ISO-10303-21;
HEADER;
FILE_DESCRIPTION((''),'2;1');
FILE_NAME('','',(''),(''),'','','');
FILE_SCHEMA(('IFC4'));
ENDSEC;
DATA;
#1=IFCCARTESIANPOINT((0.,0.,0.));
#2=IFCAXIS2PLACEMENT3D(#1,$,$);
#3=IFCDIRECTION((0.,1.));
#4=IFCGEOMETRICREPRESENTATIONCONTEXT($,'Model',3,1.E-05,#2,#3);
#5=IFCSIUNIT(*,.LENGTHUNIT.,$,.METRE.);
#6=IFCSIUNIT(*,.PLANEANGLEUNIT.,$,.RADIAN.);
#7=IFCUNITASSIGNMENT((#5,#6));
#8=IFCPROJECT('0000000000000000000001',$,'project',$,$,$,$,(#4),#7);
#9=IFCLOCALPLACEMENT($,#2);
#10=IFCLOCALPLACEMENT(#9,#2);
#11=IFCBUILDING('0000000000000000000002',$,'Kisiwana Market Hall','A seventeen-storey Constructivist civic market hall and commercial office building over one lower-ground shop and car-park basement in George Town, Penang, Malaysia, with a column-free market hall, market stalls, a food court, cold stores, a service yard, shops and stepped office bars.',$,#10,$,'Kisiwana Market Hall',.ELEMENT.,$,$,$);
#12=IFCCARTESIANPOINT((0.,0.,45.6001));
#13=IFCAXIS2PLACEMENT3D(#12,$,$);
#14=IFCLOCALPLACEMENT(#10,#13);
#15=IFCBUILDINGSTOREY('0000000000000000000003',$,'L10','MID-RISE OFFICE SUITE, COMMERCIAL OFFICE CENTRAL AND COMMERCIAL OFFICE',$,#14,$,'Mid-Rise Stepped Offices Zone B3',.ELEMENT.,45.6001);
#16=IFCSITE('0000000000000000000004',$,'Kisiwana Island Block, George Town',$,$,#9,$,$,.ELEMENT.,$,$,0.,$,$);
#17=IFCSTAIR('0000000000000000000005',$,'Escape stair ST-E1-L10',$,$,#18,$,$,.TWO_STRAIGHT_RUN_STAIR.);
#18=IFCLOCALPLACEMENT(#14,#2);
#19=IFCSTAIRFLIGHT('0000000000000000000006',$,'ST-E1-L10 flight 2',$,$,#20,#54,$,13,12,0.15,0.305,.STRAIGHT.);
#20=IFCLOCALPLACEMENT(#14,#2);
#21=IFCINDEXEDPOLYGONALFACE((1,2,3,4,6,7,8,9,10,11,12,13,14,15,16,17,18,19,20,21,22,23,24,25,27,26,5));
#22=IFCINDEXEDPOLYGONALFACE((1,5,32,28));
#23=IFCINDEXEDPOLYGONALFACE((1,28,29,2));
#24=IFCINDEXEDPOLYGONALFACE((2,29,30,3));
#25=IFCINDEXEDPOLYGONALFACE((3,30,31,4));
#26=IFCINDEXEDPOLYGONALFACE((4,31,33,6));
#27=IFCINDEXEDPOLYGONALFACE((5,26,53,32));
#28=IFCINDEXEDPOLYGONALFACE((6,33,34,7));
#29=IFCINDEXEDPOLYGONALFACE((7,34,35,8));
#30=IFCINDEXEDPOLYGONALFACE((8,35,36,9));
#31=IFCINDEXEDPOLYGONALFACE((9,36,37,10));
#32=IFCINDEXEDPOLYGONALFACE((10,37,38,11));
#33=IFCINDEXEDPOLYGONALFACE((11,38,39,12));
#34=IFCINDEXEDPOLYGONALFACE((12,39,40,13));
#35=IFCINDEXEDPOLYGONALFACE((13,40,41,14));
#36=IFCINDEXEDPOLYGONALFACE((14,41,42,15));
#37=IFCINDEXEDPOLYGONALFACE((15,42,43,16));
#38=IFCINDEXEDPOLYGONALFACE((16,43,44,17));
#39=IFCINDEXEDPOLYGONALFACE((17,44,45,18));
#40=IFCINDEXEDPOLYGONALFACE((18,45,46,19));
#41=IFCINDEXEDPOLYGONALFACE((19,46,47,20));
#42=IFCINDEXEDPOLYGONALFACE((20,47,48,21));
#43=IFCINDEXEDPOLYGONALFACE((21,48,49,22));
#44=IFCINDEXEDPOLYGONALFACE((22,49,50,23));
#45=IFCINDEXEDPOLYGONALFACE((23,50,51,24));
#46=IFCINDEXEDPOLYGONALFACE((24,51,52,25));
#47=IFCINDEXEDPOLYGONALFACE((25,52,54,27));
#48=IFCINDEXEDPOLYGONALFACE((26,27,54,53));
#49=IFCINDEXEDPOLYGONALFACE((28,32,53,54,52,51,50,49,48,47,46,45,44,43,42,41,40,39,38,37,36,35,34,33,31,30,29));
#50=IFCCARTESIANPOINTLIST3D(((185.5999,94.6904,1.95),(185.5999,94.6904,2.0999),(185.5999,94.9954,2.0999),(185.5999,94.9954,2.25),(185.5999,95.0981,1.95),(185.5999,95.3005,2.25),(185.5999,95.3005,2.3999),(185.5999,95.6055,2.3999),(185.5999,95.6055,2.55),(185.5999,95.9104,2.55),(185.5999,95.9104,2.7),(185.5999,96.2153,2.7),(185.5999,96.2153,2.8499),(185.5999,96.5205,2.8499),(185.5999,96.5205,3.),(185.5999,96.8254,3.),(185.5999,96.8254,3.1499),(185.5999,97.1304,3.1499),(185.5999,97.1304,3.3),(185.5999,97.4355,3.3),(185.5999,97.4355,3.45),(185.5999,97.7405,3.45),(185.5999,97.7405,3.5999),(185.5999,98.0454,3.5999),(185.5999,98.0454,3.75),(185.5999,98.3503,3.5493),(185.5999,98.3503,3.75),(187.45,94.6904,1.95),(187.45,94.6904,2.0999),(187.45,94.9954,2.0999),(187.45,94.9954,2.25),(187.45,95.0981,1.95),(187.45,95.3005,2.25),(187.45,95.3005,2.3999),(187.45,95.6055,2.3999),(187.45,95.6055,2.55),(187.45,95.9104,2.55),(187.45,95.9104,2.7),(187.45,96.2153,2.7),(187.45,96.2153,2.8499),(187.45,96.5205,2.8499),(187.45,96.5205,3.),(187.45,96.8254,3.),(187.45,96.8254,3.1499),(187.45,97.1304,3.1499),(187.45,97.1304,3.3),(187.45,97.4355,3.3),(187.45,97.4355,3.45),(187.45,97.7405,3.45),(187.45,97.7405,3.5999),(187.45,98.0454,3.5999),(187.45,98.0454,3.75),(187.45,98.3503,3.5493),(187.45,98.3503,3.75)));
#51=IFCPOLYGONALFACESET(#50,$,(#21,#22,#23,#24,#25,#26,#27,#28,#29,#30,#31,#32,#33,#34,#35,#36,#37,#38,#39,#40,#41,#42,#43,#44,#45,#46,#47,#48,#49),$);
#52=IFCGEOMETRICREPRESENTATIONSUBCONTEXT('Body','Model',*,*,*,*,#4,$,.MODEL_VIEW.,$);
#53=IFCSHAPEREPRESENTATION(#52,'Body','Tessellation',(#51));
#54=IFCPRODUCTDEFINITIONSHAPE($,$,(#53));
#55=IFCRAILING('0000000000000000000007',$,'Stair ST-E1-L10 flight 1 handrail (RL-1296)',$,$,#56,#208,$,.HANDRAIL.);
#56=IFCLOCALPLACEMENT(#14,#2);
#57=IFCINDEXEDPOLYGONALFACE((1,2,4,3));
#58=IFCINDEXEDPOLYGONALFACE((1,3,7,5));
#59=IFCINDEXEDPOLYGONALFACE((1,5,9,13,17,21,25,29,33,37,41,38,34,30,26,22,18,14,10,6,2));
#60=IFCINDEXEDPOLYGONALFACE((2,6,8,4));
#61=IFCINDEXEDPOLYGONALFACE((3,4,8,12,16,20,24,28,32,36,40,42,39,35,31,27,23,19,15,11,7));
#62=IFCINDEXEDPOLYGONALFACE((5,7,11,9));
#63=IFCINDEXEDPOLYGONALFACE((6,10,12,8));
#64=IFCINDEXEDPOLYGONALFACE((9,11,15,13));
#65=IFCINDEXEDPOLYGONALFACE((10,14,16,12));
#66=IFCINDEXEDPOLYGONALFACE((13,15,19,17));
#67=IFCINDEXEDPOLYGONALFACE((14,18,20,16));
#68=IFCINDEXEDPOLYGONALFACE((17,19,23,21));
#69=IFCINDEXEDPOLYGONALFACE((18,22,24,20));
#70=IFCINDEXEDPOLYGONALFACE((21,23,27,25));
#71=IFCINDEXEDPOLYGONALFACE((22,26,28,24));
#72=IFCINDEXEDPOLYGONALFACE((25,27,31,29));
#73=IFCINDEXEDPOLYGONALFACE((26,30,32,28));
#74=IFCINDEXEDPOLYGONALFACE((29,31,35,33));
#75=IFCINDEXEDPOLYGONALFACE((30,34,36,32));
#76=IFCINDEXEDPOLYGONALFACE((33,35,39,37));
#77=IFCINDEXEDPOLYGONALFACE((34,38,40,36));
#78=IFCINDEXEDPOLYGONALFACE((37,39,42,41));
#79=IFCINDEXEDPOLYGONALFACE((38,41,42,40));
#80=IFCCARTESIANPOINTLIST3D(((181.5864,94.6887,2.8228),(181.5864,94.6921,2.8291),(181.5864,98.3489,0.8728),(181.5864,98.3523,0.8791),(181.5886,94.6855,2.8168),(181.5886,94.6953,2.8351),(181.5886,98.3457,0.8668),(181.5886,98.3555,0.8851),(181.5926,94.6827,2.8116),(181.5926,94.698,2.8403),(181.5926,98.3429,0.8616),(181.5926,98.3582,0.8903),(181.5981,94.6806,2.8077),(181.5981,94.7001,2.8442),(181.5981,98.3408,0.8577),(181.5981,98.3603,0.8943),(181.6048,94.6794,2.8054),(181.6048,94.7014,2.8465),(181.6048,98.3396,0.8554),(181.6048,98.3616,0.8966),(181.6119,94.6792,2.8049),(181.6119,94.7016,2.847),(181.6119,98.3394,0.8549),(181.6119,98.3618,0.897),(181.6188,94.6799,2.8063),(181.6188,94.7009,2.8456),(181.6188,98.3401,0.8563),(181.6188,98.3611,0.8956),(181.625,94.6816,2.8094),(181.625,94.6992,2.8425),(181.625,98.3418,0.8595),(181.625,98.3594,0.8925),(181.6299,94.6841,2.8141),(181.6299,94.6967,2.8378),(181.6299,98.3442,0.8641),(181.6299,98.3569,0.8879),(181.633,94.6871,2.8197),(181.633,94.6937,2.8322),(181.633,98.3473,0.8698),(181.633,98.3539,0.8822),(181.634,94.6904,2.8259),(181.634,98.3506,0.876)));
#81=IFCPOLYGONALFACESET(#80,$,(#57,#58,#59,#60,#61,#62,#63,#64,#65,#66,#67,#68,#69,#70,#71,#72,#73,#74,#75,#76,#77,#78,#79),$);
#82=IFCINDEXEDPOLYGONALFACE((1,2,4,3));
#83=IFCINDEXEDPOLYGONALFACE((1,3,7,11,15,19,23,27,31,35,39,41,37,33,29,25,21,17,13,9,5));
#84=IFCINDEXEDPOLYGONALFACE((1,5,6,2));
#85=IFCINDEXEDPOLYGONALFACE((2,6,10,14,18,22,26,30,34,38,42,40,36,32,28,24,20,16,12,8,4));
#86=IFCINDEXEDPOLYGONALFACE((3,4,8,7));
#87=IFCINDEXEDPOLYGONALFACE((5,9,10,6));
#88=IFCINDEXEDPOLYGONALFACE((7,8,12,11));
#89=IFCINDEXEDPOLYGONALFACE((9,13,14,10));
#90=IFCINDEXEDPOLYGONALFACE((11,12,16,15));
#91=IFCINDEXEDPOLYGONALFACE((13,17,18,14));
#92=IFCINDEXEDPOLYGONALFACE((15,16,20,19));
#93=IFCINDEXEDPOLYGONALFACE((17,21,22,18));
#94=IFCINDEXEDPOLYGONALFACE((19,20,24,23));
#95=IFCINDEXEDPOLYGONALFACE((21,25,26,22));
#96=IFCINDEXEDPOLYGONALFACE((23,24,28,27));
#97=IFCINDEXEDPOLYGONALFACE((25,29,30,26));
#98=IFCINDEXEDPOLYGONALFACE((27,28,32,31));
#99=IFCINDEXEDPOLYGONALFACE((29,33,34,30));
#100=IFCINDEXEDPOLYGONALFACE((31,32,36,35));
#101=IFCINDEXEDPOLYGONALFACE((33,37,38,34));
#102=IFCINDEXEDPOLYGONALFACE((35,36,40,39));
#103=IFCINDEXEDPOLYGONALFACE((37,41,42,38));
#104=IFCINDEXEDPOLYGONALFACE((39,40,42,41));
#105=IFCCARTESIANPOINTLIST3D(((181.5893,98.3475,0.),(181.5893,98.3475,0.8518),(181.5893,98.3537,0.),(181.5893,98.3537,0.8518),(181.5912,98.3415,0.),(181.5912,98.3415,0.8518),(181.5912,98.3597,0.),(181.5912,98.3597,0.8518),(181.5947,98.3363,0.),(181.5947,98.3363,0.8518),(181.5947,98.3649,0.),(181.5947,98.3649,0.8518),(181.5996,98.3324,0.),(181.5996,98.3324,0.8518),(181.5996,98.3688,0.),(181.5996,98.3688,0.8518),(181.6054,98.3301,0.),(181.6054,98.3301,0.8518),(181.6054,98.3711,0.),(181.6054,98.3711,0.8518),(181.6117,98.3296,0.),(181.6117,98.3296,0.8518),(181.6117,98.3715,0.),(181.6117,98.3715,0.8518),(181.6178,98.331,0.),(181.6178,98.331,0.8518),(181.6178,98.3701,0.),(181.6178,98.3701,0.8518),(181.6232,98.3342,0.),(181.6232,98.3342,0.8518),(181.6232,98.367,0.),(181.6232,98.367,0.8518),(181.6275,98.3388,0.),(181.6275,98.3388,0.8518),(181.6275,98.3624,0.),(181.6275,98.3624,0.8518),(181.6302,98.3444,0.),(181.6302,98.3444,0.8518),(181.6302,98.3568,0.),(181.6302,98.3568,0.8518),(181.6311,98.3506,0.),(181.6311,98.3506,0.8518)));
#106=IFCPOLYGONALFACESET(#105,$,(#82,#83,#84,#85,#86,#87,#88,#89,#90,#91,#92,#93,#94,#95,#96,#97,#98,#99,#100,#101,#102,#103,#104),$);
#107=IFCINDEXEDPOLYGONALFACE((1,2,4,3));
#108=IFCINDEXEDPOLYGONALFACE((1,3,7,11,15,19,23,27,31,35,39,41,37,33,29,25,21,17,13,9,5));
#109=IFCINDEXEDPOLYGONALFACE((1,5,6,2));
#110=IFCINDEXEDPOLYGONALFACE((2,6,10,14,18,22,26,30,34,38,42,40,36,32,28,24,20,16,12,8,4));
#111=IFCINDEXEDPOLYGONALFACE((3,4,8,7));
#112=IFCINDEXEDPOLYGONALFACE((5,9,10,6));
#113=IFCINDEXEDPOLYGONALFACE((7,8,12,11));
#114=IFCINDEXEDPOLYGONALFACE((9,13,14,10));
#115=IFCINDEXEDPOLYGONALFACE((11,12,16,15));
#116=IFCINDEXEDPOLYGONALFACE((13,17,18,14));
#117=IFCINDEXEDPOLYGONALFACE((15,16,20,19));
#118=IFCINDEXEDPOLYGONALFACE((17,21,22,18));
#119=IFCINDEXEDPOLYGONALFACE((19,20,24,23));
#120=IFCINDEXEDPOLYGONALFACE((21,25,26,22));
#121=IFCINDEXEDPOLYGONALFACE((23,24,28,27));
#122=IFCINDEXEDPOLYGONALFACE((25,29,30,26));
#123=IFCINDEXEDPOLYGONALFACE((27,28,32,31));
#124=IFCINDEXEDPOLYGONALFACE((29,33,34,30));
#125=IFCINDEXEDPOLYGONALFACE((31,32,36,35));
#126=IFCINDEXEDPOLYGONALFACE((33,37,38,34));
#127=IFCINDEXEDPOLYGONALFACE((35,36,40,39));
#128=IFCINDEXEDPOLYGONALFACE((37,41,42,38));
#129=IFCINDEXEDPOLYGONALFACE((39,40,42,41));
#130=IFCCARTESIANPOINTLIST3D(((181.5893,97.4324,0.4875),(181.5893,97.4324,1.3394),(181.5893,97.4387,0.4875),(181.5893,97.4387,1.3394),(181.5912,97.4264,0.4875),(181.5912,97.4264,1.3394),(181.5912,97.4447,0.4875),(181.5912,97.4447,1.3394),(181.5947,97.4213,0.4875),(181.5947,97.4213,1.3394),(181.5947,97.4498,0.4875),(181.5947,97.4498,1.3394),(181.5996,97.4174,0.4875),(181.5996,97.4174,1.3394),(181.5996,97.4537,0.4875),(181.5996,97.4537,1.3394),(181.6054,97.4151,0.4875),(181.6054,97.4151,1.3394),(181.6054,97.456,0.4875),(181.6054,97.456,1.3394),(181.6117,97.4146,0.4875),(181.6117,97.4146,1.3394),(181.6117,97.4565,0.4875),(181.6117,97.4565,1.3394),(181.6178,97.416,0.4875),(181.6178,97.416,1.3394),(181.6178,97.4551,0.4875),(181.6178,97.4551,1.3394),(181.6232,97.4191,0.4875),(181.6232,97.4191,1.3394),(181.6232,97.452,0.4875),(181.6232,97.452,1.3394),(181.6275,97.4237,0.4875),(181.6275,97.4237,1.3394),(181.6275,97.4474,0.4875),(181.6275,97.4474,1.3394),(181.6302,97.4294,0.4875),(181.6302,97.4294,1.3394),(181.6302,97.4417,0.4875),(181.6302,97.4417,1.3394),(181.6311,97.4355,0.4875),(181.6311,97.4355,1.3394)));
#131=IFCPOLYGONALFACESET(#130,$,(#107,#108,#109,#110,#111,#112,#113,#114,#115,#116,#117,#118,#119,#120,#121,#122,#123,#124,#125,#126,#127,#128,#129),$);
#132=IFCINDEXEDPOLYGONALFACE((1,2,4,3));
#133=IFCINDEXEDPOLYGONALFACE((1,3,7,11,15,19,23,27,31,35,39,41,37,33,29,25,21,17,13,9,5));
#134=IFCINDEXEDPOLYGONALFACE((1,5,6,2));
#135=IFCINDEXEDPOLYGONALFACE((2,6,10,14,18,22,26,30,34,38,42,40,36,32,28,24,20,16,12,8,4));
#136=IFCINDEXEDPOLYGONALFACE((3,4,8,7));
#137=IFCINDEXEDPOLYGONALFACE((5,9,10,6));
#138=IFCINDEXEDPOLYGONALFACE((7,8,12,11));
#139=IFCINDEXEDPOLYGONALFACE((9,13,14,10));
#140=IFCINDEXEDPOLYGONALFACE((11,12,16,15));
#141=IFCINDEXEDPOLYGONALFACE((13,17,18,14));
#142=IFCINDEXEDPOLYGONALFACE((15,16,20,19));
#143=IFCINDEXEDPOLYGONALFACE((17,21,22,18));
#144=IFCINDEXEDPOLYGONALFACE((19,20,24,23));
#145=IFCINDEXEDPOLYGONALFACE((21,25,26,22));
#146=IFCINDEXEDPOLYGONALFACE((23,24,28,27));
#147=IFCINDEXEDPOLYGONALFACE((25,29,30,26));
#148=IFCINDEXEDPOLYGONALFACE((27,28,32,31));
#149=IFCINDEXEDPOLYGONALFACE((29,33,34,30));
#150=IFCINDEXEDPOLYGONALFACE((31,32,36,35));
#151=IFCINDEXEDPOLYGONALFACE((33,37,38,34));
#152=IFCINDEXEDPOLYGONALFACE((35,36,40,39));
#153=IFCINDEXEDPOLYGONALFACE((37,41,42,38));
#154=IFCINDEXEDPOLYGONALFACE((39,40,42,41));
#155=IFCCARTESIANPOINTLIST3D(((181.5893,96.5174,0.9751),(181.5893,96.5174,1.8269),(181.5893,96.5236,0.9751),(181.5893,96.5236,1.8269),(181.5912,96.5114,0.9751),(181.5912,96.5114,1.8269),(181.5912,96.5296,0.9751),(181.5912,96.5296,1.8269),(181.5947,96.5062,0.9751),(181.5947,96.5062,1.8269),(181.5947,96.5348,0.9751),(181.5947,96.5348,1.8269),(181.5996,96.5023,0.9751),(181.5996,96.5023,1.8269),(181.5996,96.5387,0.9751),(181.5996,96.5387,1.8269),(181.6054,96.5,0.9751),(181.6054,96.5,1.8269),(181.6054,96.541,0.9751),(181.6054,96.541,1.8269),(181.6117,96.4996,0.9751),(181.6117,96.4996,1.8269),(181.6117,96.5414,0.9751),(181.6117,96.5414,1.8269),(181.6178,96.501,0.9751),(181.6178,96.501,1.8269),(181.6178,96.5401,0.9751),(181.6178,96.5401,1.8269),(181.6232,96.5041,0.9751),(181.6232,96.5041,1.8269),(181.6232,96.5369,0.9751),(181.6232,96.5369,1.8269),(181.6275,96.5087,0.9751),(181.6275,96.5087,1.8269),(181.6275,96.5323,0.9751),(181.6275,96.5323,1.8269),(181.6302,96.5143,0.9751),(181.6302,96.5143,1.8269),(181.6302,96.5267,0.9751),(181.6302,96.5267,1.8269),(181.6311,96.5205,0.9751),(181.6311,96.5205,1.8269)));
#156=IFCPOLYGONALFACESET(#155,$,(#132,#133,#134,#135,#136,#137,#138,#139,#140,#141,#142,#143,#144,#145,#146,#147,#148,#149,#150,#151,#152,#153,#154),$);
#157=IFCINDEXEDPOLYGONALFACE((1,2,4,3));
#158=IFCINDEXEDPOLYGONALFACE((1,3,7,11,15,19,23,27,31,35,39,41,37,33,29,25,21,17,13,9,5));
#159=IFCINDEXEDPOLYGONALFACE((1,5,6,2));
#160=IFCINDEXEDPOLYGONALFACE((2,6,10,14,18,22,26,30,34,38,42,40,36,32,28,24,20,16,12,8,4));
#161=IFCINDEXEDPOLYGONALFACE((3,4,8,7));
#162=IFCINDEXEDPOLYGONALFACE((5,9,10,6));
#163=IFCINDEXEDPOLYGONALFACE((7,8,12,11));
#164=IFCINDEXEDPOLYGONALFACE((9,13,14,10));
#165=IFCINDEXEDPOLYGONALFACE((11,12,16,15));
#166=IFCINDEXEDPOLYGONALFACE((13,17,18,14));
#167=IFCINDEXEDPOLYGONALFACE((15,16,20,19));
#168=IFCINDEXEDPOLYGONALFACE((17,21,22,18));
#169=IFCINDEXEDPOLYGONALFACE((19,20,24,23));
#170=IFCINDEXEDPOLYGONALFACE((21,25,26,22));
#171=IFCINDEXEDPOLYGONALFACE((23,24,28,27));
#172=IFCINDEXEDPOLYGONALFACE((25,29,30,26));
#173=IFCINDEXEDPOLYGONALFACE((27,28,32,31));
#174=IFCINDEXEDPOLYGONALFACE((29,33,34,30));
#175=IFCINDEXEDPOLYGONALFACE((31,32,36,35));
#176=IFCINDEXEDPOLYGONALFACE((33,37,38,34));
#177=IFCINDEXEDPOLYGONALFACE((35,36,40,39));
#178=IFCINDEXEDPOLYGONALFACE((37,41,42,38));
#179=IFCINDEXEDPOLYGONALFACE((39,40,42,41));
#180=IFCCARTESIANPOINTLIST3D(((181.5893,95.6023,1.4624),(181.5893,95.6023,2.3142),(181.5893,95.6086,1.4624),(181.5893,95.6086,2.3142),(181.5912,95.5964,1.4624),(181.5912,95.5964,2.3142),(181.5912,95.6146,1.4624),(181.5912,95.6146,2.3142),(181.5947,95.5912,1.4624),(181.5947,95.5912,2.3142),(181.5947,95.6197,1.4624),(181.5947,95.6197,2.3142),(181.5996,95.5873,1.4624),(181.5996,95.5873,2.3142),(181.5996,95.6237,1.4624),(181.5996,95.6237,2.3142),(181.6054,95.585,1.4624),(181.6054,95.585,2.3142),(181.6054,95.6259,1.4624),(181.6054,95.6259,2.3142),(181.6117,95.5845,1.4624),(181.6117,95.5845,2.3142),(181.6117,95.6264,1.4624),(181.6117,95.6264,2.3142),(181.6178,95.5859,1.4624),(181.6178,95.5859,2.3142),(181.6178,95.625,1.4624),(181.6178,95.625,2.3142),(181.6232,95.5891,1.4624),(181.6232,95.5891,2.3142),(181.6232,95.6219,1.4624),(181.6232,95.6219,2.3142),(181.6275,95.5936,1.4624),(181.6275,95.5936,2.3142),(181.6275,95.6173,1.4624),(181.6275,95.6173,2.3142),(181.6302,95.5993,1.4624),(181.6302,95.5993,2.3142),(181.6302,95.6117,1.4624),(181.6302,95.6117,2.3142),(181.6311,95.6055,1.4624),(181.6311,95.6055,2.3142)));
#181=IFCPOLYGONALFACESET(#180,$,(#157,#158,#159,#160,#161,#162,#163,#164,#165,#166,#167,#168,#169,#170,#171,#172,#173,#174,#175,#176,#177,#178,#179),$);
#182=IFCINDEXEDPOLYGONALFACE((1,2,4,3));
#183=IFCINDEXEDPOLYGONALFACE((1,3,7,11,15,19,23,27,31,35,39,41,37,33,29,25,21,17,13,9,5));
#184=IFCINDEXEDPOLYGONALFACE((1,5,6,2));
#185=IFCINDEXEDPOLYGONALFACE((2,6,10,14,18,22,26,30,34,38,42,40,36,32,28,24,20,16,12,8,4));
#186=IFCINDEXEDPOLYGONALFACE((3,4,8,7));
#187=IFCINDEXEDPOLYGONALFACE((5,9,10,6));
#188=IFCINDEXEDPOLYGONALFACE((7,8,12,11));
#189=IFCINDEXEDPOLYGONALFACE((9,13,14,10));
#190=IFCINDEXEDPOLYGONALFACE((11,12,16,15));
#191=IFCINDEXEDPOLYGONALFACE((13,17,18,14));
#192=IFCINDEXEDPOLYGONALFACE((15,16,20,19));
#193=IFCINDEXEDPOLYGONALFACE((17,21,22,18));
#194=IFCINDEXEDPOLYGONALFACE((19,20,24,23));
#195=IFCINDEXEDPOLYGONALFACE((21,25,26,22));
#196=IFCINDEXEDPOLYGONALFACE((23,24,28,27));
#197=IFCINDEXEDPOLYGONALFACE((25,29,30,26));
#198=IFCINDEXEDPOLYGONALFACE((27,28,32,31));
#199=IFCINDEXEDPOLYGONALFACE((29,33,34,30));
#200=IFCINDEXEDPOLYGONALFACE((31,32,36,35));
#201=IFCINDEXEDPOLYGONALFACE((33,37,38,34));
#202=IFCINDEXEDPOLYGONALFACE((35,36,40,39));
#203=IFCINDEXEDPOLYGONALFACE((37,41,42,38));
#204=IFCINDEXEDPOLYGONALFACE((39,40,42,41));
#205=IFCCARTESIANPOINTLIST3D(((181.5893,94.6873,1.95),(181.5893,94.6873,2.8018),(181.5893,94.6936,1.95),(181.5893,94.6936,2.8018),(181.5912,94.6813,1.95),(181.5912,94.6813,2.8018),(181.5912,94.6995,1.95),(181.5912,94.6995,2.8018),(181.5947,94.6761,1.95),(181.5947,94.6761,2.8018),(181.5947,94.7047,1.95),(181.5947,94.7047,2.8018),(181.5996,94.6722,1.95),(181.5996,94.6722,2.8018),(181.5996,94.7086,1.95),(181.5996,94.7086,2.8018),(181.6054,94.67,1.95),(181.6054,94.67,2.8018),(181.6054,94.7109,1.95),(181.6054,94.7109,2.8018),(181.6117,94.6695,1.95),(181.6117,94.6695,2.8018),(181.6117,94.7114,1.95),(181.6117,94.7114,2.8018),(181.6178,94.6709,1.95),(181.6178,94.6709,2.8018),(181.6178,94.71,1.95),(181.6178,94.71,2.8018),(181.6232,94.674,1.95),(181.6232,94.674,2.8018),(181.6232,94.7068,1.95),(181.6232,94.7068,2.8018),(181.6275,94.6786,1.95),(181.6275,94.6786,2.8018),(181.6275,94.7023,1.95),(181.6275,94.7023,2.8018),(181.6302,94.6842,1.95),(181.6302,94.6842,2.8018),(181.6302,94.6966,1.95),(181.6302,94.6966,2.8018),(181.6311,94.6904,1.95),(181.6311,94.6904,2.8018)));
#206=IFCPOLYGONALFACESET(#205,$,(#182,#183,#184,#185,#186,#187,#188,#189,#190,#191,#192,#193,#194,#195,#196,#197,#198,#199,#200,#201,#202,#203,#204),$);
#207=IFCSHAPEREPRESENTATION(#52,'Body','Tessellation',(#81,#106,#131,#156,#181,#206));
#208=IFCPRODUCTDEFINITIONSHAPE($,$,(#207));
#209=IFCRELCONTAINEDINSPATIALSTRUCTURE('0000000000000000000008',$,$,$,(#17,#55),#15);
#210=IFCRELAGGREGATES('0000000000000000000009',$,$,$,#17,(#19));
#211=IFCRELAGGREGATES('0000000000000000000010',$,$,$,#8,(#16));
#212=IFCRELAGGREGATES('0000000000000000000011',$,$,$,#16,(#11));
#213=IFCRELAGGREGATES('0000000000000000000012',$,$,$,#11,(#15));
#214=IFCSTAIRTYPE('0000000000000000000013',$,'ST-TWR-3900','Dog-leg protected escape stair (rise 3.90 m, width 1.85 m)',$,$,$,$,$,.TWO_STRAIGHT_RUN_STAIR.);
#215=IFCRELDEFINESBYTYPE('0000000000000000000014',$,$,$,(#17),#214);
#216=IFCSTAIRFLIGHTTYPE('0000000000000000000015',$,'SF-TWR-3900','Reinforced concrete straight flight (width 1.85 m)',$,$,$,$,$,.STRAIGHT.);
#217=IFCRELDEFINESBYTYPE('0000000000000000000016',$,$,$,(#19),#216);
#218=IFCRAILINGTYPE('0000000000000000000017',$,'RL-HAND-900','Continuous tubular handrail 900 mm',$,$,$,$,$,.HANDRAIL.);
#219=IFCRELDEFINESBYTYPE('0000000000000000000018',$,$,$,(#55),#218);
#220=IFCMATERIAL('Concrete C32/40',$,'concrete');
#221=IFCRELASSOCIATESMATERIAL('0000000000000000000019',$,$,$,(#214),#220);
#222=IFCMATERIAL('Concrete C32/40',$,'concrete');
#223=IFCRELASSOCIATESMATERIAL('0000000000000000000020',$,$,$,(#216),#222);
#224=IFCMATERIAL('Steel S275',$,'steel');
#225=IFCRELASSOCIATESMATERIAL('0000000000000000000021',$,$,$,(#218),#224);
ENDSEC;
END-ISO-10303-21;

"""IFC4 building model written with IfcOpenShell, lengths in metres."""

from ifc_helpers import new_model, si_unit, direction, frame, origin, origin_2d, place, context, subcontext, project, spatial, polyline, circle, outline, extrude, material, type_object, element, aggregate, save


model = new_model("IFC4")

# Units and contexts
model_context = context("Model", 3, precision=1e-05, world=origin(), true_north=direction((0.0, 1.0)))
body_context = subcontext(model_context, "Body", "Model", "MODEL_VIEW")
ifc_project = project(units=[si_unit("LENGTHUNIT", "METRE"), si_unit("PLANEANGLEUNIT", "RADIAN")], contexts=[model_context])

# Site, building, storey
site_placement = place(None, origin())
site = spatial("IfcSite", under=ifc_project, at=site_placement, Name="Kisiwana Island Block, George Town", CompositionType="ELEMENT", RefElevation=0.0)
building_placement = place(site_placement, origin())
building = spatial("IfcBuilding", under=site, at=building_placement, Name="Kisiwana Market Hall", Description="A seventeen-storey Constructivist civic market hall and commercial office building over one lower-ground shop and car-park basement in George Town, Penang, Malaysia, with a column-free market hall, market stalls, a food court, cold stores, a service yard, shops and stepped office bars.", LongName="Kisiwana Market Hall", CompositionType="ELEMENT")
storey_placement = place(building_placement, frame((0.0, 0.0, 45.6001)))
storey = spatial("IfcBuildingStorey", under=building, at=storey_placement, Name="L10", Description="MID-RISE OFFICE SUITE, COMMERCIAL OFFICE CENTRAL AND COMMERCIAL OFFICE", LongName="Mid-Rise Stepped Offices Zone B3", CompositionType="ELEMENT", Elevation=45.6001)

# Stair, stair flight
ifc_material_1 = material(Name="Concrete C32/40", Category="concrete")
stair_type = type_object("IfcStairType", Name="ST-TWR-3900", Description="Dog-leg protected escape stair (rise 3.90 m, width 1.85 m)", PredefinedType="TWO_STRAIGHT_RUN_STAIR", material=ifc_material_1)
stair_placement = place(storey_placement, origin())
stair = element("IfcStair", 1, at=stair_placement, inside=storey, type_object=stair_type, Name="Escape stair ST-E1-L10", PredefinedType="TWO_STRAIGHT_RUN_STAIR")
ifc_material_2 = material(Name="Concrete C32/40", Category="concrete")
stair_flight_type = type_object("IfcStairFlightType", Name="SF-TWR-3900", Description="Reinforced concrete straight flight (width 1.85 m)", PredefinedType="STRAIGHT", material=ifc_material_2)
stair_flight_1_placement = place(storey_placement, frame((186.5249, 94.6904, 1.95), z_axis=(0.0, 0.0, 1.0), x_axis=(0.0, 1.0, 0.0)))
stair_flight_1 = element("IfcStairFlight", 2, at=stair_flight_1_placement, type_object=stair_flight_type, Name="ST-E1-L10 flight 2", NumberOfRisers=13, NumberOfTreads=12, PredefinedType="STRAIGHT", RiserHeight=0.15, TreadLength=0.305, context=body_context, shape_type="SweptSolid", body=[
    extrude(outline(polyline([(0.0, 0.0), (0.0, 0.1499), (0.3049, 0.1499), (0.3049, 0.3), (0.6101, 0.3), (0.6101, 0.45), (0.915, 0.45), (0.915, 0.6001), (1.22, 0.6001), (1.22, 0.75), (1.5249, 0.75), (1.5249, 0.8999), (1.8301, 0.8999), (1.8301, 1.05), (2.135, 1.05), (2.135, 1.2), (2.4399, 1.2), (2.4399, 1.3501), (2.7451, 1.3501), (2.7451, 1.5), (3.05, 1.5), (3.05, 1.6499), (3.355, 1.6499), (3.355, 1.8), (3.6599, 1.8), (3.6599, 1.95), (3.6599, 1.5994), (0.4077, 0.0), (0.0, 0.0)])), frame((0.0, 0.925, 0.0), z_axis=(0.0, -1.0, 0.0), x_axis=(1.0, 0.0, 0.0)), (0.0, 0.0, 1.0), 1.8501),
])
aggregate(stair, [stair_flight_1])

# Railing
ifc_material_3 = material(Name="Steel S275", Category="steel")
railing_type = type_object("IfcRailingType", Name="RL-HAND-900", Description="Continuous tubular handrail 900 mm", PredefinedType="HANDRAIL", material=ifc_material_3)
railing_1_placement = place(storey_placement, frame((181.6101, 98.3506, 0.0)))
element("IfcRailing", 3, at=railing_1_placement, inside=storey, type_object=railing_type, Name="Stair ST-E1-L10 flight 1 handrail (RL-1296)", PredefinedType="HANDRAIL", context=body_context, shape_type="SweptSolid", body=[
    extrude(circle(Radius=0.0239, at=origin_2d()), frame((0.0, 0.0, 0.876), z_axis=(0.0, -0.882566, 0.470188), x_axis=(1.0, 0.0, 0.0)), (0.0, 0.0, 1.0), 4.1472),
    extrude(circle(Radius=0.021, at=origin_2d()), origin(), (0.0, 0.0, 1.0), 0.8518),
    extrude(circle(Radius=0.021, at=origin_2d()), frame((0.0, -0.915, 0.4875)), (0.0, 0.0, 1.0), 0.8518),
    extrude(circle(Radius=0.021, at=origin_2d()), frame((0.0, -1.8301, 0.9751)), (0.0, 0.0, 1.0), 0.8518),
    extrude(circle(Radius=0.021, at=origin_2d()), frame((0.0, -2.7451, 1.4624)), (0.0, 0.0, 1.0), 0.8518),
    extrude(circle(Radius=0.021, at=origin_2d()), frame((0.0, -3.6602, 1.95)), (0.0, 0.0, 1.0), 0.8518),
])

save(model, "model.ifc")
